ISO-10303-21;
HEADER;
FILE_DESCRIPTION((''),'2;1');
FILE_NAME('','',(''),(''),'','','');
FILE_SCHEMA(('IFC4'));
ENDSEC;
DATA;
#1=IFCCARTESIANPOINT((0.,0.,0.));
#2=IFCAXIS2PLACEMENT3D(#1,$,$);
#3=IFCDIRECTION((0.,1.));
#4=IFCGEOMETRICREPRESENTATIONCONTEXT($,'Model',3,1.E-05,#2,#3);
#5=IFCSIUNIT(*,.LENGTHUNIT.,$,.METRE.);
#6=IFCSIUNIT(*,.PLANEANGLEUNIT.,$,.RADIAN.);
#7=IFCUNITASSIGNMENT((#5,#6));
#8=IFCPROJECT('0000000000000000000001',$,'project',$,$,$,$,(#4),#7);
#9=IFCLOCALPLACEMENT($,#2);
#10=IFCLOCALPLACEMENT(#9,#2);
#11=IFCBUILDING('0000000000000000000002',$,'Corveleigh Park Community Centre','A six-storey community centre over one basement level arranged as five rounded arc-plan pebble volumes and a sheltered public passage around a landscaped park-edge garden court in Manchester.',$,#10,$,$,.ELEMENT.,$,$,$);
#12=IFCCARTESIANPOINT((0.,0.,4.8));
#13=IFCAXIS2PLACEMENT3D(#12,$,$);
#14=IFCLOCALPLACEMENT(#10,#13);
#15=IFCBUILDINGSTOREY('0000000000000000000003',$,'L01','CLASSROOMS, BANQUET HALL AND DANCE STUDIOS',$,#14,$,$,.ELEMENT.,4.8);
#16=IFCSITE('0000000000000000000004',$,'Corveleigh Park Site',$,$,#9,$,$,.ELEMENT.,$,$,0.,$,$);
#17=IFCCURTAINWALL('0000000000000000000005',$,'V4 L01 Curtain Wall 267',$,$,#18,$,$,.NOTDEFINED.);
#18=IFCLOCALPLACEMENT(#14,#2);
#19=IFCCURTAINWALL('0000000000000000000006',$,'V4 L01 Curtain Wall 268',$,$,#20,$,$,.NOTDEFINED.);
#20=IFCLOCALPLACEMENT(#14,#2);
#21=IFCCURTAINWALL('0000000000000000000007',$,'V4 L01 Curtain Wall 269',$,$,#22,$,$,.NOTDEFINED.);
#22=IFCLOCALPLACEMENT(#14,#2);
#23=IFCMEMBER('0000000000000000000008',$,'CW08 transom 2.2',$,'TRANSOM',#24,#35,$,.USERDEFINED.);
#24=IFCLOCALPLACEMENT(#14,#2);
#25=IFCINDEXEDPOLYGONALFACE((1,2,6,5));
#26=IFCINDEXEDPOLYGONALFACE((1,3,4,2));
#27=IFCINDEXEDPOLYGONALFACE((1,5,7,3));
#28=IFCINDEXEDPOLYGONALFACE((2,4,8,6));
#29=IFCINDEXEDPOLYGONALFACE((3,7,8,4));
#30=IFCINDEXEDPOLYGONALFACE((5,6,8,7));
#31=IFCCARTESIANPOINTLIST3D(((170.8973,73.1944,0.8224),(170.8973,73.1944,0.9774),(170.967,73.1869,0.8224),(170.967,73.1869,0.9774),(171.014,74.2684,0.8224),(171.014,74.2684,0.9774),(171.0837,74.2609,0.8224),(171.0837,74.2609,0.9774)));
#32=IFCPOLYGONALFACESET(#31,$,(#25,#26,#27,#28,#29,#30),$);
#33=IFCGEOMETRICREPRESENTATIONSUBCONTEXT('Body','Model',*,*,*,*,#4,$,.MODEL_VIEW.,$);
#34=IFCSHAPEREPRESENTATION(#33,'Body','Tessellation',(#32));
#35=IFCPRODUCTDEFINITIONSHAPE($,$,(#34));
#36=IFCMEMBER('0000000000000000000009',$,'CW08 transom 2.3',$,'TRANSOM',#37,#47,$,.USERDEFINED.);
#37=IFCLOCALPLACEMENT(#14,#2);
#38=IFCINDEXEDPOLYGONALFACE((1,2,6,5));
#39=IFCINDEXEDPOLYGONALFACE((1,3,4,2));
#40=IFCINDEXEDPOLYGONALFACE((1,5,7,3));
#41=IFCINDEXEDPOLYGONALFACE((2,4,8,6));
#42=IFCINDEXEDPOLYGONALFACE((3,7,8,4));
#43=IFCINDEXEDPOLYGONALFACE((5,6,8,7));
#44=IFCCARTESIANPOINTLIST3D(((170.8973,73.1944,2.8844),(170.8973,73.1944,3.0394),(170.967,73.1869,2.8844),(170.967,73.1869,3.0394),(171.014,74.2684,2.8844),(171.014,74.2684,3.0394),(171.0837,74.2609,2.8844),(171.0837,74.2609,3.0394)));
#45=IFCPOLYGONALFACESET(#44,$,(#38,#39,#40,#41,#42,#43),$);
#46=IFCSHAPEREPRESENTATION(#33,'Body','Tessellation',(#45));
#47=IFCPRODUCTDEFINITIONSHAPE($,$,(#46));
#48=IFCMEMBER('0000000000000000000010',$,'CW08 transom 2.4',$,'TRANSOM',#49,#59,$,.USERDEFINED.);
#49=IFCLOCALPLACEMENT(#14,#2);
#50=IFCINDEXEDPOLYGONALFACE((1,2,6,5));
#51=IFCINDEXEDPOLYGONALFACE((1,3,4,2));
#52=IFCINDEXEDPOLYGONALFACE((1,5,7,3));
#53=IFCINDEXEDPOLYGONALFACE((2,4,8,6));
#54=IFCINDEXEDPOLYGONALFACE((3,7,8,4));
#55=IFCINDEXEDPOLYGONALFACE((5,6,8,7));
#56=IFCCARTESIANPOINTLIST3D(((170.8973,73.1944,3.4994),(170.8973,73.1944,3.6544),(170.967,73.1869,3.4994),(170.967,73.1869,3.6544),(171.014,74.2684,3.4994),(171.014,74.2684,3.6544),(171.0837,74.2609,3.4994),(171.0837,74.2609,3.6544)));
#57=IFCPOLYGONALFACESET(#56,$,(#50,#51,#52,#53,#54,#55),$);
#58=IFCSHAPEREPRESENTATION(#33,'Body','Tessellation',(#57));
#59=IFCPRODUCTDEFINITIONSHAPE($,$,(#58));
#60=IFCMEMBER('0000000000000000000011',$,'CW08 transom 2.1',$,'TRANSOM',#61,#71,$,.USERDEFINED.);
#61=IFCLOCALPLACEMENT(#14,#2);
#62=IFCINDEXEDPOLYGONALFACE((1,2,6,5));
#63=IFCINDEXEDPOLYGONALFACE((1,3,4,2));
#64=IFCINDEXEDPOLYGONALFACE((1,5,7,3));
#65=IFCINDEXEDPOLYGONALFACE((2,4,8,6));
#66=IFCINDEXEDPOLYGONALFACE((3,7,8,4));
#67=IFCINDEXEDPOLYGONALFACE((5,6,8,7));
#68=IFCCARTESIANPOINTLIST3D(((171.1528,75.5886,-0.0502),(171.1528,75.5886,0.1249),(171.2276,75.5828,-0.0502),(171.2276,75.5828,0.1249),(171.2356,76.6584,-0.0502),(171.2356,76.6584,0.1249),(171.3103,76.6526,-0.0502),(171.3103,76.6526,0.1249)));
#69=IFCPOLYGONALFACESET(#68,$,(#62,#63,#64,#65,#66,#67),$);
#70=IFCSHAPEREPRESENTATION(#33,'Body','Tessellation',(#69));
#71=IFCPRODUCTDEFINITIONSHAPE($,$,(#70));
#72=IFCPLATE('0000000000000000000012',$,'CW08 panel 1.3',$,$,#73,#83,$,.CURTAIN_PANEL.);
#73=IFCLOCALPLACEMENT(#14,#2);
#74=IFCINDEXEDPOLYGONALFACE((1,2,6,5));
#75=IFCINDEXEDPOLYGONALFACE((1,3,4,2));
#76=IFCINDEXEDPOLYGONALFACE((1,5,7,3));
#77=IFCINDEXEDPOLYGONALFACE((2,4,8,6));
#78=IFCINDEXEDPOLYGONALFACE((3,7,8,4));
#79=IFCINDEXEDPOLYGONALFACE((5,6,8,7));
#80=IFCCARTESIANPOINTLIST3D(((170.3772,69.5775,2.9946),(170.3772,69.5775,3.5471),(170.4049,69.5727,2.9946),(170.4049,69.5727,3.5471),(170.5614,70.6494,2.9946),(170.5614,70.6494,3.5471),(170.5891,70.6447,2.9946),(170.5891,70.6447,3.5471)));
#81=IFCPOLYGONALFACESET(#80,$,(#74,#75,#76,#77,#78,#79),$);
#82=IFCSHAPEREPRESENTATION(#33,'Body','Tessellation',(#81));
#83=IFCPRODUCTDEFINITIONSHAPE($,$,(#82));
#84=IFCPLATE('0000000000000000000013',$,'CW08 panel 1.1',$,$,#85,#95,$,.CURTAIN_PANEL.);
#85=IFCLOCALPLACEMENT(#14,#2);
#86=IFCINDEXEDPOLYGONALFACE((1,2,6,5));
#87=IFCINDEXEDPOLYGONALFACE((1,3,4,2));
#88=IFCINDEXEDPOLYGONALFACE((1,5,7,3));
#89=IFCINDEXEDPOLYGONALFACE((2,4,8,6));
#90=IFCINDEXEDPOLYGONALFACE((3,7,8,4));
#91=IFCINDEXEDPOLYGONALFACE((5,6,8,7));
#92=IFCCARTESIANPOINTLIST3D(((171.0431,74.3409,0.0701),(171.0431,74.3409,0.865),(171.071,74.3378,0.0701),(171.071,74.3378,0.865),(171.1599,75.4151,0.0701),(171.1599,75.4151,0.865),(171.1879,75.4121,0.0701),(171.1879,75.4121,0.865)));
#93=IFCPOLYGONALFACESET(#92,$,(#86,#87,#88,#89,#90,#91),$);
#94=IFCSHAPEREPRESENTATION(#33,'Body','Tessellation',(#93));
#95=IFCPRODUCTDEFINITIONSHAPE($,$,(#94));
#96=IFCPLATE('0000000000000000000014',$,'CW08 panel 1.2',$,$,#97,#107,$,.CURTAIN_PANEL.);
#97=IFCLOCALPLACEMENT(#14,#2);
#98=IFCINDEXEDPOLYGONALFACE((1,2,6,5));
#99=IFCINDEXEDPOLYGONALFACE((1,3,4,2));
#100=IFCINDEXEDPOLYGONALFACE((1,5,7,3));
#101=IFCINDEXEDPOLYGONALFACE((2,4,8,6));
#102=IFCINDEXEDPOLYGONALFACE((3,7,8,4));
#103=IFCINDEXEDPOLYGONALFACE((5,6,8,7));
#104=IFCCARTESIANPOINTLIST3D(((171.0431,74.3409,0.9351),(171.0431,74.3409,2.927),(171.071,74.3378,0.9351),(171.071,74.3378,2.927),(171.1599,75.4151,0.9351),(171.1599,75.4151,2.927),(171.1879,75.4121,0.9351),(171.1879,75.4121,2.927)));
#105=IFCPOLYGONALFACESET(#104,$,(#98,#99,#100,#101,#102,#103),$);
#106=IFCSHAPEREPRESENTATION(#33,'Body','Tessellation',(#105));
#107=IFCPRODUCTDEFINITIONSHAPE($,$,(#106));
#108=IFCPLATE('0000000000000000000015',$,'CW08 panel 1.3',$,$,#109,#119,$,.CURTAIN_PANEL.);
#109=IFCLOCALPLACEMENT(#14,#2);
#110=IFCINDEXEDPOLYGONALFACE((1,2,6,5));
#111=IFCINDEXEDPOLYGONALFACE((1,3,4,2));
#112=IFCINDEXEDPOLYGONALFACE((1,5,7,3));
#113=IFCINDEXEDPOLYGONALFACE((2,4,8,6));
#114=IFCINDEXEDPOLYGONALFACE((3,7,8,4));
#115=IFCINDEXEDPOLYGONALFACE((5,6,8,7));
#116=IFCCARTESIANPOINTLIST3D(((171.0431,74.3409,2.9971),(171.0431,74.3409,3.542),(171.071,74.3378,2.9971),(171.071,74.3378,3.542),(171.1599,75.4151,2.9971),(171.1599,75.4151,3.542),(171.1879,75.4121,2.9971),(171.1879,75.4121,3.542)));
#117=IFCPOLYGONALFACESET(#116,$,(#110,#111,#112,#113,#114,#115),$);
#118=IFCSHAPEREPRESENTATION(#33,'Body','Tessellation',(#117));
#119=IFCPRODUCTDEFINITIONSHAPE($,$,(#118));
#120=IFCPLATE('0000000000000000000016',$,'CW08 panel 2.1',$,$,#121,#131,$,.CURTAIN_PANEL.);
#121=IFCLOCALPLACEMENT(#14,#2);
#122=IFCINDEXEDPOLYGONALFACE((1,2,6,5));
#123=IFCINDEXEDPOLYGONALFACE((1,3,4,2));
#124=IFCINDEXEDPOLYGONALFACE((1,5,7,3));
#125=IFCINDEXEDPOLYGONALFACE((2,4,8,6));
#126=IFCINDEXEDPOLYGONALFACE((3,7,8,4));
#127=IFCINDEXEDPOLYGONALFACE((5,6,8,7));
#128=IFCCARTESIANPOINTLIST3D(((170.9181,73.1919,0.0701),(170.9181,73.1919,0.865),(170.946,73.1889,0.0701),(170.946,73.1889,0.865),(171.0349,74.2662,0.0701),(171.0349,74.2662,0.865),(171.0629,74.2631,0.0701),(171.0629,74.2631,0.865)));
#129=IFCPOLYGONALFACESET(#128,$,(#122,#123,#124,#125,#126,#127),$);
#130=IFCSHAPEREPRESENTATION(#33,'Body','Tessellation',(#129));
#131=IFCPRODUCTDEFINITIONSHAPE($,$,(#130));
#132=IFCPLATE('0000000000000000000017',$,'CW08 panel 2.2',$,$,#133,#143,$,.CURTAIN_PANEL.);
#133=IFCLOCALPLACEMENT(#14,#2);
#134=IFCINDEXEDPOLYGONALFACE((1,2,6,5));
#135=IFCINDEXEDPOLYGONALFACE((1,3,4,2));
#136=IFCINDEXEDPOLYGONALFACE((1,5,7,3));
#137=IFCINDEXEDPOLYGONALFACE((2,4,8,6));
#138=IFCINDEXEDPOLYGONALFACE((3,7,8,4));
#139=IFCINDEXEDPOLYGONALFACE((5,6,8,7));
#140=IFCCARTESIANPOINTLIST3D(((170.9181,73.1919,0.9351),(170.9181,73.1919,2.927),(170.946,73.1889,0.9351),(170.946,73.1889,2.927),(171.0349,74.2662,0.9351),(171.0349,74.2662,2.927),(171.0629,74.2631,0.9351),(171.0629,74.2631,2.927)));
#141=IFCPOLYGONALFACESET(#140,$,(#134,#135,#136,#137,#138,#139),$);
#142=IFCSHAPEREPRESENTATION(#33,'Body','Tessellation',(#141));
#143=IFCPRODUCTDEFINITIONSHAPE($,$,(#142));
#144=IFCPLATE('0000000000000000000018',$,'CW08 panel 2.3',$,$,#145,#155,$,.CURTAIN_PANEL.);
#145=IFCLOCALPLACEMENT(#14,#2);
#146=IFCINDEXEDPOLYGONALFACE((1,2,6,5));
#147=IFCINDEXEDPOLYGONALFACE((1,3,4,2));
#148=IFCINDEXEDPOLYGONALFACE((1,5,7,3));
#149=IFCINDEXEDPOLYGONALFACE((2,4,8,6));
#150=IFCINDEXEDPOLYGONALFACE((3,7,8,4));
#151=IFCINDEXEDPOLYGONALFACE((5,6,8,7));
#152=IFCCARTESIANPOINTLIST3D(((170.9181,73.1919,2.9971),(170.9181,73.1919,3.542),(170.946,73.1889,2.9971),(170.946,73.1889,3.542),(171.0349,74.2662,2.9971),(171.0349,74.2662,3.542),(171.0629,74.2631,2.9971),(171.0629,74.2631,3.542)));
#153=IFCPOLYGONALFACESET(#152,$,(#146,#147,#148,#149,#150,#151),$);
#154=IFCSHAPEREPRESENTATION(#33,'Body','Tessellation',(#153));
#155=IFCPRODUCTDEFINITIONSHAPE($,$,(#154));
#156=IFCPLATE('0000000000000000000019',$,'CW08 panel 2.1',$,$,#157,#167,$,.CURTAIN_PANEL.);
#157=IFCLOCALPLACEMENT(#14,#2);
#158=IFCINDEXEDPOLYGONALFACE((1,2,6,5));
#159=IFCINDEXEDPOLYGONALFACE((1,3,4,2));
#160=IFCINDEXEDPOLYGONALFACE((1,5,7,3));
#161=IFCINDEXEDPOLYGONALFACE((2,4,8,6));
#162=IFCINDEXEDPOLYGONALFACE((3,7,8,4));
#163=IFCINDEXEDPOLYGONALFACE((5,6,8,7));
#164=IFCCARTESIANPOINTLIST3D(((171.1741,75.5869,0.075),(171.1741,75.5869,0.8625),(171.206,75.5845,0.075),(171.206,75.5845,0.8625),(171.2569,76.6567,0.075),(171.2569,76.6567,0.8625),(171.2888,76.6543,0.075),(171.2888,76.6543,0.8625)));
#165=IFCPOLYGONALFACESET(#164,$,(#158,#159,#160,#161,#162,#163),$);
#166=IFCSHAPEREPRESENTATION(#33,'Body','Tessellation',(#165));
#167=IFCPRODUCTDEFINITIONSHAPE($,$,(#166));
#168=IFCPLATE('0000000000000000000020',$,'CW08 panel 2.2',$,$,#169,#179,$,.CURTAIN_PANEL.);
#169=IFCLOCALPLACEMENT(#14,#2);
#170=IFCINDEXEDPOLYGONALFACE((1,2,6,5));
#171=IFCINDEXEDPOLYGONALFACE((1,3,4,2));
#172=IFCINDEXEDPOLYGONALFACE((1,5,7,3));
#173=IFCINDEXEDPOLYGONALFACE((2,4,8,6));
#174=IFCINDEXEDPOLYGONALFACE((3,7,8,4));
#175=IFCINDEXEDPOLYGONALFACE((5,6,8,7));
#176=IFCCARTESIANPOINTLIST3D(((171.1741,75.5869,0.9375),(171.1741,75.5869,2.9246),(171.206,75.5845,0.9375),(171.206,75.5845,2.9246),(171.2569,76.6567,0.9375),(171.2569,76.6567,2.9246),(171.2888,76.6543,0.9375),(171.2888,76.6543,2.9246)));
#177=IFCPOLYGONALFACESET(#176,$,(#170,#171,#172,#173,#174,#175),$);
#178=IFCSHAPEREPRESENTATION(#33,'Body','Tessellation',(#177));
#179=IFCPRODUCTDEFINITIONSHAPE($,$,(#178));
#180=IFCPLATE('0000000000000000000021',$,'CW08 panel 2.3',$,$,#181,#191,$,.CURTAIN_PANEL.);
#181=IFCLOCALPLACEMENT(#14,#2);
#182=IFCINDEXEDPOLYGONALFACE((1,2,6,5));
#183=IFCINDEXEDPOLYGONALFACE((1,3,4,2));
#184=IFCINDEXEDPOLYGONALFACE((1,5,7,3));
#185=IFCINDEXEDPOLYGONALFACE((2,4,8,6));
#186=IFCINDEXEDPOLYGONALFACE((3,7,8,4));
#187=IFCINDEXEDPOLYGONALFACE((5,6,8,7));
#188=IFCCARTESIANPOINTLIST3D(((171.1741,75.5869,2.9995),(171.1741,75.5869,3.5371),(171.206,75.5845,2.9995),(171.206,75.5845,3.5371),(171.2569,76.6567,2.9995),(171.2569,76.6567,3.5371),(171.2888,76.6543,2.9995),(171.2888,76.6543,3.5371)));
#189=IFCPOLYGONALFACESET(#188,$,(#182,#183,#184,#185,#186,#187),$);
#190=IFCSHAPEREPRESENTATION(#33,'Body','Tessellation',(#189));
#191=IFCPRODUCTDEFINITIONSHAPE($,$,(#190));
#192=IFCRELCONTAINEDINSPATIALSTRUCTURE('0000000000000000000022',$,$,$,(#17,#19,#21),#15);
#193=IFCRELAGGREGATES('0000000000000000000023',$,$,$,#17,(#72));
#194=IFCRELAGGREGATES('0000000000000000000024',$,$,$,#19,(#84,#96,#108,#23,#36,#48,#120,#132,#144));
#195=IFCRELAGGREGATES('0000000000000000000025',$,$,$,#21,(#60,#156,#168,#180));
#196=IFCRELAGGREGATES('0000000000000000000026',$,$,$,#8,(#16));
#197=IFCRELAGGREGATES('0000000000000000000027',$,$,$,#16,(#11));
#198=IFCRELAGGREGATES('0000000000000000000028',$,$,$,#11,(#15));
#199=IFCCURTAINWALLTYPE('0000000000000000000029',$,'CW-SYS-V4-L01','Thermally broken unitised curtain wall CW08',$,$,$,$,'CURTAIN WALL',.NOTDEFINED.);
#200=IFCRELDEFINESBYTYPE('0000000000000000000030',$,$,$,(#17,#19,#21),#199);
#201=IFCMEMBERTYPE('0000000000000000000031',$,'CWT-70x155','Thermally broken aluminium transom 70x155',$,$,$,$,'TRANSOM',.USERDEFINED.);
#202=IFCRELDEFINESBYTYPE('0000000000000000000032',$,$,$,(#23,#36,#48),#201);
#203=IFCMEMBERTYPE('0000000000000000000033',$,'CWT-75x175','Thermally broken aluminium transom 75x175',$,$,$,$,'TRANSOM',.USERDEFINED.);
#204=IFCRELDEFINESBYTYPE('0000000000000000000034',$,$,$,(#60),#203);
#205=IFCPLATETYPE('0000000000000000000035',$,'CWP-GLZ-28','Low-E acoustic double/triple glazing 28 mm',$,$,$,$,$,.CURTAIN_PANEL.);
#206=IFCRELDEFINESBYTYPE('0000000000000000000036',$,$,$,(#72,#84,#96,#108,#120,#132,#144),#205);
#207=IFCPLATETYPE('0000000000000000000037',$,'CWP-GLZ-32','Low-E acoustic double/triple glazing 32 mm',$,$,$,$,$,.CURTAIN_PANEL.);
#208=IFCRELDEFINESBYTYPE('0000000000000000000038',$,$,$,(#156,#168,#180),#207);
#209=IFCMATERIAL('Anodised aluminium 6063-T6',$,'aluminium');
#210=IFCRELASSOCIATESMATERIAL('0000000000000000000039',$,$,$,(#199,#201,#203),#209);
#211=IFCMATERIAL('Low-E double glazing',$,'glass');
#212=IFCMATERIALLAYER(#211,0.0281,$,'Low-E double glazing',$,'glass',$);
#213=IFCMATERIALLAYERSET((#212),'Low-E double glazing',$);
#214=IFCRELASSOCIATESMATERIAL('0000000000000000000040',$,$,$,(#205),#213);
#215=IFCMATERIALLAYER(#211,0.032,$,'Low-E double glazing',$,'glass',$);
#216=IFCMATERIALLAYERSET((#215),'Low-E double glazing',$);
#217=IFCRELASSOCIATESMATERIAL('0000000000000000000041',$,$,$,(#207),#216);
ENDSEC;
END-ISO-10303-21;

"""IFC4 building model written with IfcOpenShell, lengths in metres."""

from ifc_helpers import new_model, si_unit, direction, frame, origin, origin_2d, place, context, subcontext, project, spatial, rectangle, extrude, material, layer, layer_set, material_profile, profile_set, type_object, element, aggregate, save


model = new_model("IFC4")

# Units and contexts
model_context = context("Model", 3, precision=1e-05, world=origin(), true_north=direction((0.0, 1.0)))
body_context = subcontext(model_context, "Body", "Model", "MODEL_VIEW")
ifc_project = project(units=[si_unit("LENGTHUNIT", "METRE"), si_unit("PLANEANGLEUNIT", "RADIAN")], contexts=[model_context])

# Site, building, storey
site_placement = place(None, origin())
site = spatial("IfcSite", under=ifc_project, at=site_placement, Name="Corveleigh Park Site", CompositionType="ELEMENT", RefElevation=0.0)
building_placement = place(site_placement, origin())
building = spatial("IfcBuilding", under=site, at=building_placement, Name="Corveleigh Park Community Centre", Description="A six-storey community centre over one basement level arranged as five rounded arc-plan pebble volumes and a sheltered public passage around a landscaped park-edge garden court in Manchester.", CompositionType="ELEMENT")
storey_placement = place(building_placement, frame((0.0, 0.0, 4.8)))
storey = spatial("IfcBuildingStorey", under=building, at=storey_placement, Name="L01", Description="CLASSROOMS, BANQUET HALL AND DANCE STUDIOS", CompositionType="ELEMENT", Elevation=4.8)

# Curtain wall
ifc_material_1 = material(Name="Anodised aluminium 6063-T6", Category="aluminium")
curtain_wall_type = type_object("IfcCurtainWallType", Name="CW-SYS-V4-L01", Description="Thermally broken unitised curtain wall CW08", ElementType="CURTAIN WALL", PredefinedType="NOTDEFINED", material=ifc_material_1)
curtain_wall_1_placement = place(storey_placement, origin())
curtain_wall_1 = element("IfcCurtainWall", 1, at=curtain_wall_1_placement, inside=storey, type_object=curtain_wall_type, Name="V4 L01 Curtain Wall 267", PredefinedType="NOTDEFINED")

# Curtain wall
curtain_wall_2_placement = place(storey_placement, origin())
curtain_wall_2 = element("IfcCurtainWall", 2, at=curtain_wall_2_placement, inside=storey, type_object=curtain_wall_type, Name="V4 L01 Curtain Wall 268", PredefinedType="NOTDEFINED")

# Curtain wall
curtain_wall_3_placement = place(storey_placement, origin())
curtain_wall_3 = element("IfcCurtainWall", 3, at=curtain_wall_3_placement, inside=storey, type_object=curtain_wall_type, Name="V4 L01 Curtain Wall 269", PredefinedType="NOTDEFINED")

# Members
ifc_material_profile_1 = material_profile(ifc_material_1, rectangle(XDim=0.0701, YDim=0.155, at=origin_2d()), Name="ALU-T70x155", Category="aluminium")
ifc_profile_set_1 = profile_set([ifc_material_profile_1], Name="Anodised aluminium 6063-T6")
member_type_1 = type_object("IfcMemberType", Name="CWT-70x155", Description="Thermally broken aluminium transom 70x155", ElementType="TRANSOM", PredefinedType="USERDEFINED", material=ifc_profile_set_1)
member_1_placement = place(storey_placement, frame((171.0488, 74.2646, 0.8999), z_axis=(-0.108025, -0.994148, 0.0), x_axis=(0.994148, -0.108025, 0.0)))
member_1 = element("IfcMember", 4, at=member_1_placement, type_object=member_type_1, Name="CW08 transom 2.2", ObjectType="TRANSOM", PredefinedType="USERDEFINED", context=body_context, shape_type="SweptSolid", body=[
    extrude(rectangle(XDim=0.0701, YDim=0.155, at=origin_2d()), origin(), (0.0, 0.0, 1.0), 1.0803),
])
member_2_placement = place(storey_placement, frame((171.0488, 74.2646, 2.9619), z_axis=(-0.108025, -0.994148, 0.0), x_axis=(0.994148, -0.108025, 0.0)))
member_2 = element("IfcMember", 5, at=member_2_placement, type_object=member_type_1, Name="CW08 transom 2.3", ObjectType="TRANSOM", PredefinedType="USERDEFINED", context=body_context, shape_type="SweptSolid", body=[
    extrude(rectangle(XDim=0.0701, YDim=0.155, at=origin_2d()), origin(), (0.0, 0.0, 1.0), 1.0803),
])
member_3_placement = place(storey_placement, frame((171.0488, 74.2646, 3.5769), z_axis=(-0.108025, -0.994148, 0.0), x_axis=(0.994148, -0.108025, 0.0)))
member_3 = element("IfcMember", 6, at=member_3_placement, type_object=member_type_1, Name="CW08 transom 2.4", ObjectType="TRANSOM", PredefinedType="USERDEFINED", context=body_context, shape_type="SweptSolid", body=[
    extrude(rectangle(XDim=0.0701, YDim=0.155, at=origin_2d()), origin(), (0.0, 0.0, 1.0), 1.0803),
])
ifc_material_profile_2 = material_profile(ifc_material_1, rectangle(XDim=0.075, YDim=0.175, at=origin_2d()), Name="ALU-T75x175", Category="aluminium")
ifc_profile_set_2 = profile_set([ifc_material_profile_2], Name="Anodised aluminium 6063-T6")
member_type_2 = type_object("IfcMemberType", Name="CWT-75x175", Description="Thermally broken aluminium transom 75x175", ElementType="TRANSOM", PredefinedType="USERDEFINED", material=ifc_profile_set_2)
member_4_placement = place(storey_placement, frame((171.2729, 76.6555, 0.0374), z_axis=(-0.077131, -0.997021, 0.0), x_axis=(0.997021, -0.077131, 0.0)))
member_4 = element("IfcMember", 7, at=member_4_placement, type_object=member_type_2, Name="CW08 transom 2.1", ObjectType="TRANSOM", PredefinedType="USERDEFINED", context=body_context, shape_type="SweptSolid", body=[
    extrude(rectangle(XDim=0.075, YDim=0.175, at=origin_2d()), origin(), (0.0, 0.0, 1.0), 1.073),
])

# Plates
ifc_material_2 = material(Name="Low-E double glazing", Category="glass")
ifc_layer_1 = layer(ifc_material_2, 0.0281, Name="Low-E double glazing", Category="glass")
ifc_layer_set_1 = layer_set([ifc_layer_1], Name="Low-E double glazing")
plate_type_1 = type_object("IfcPlateType", Name="CWP-GLZ-28", Description="Low-E acoustic double/triple glazing 28 mm", PredefinedType="CURTAIN_PANEL", material=ifc_layer_set_1)
plate_1_placement = place(storey_placement, frame((170.4832, 70.1111, 2.9946), z_axis=(0.0, 0.0, 1.0), x_axis=(-0.169359, -0.985554, 0.0)))
plate_1 = element("IfcPlate", 8, at=plate_1_placement, type_object=plate_type_1, Name="CW08 panel 1.3", PredefinedType="CURTAIN_PANEL", context=body_context, shape_type="SweptSolid", body=[
    extrude(rectangle(XDim=1.0876, YDim=0.0281, at=origin_2d()), origin(), (0.0, 0.0, 1.0), 0.5525),
])
aggregate(curtain_wall_1, [plate_1])
plate_2_placement = place(storey_placement, frame((171.1155, 74.8765, 0.0701), z_axis=(0.0, 0.0, 1.0), x_axis=(-0.108131, -0.994137, 0.0)))
plate_2 = element("IfcPlate", 9, at=plate_2_placement, type_object=plate_type_1, Name="CW08 panel 1.1", PredefinedType="CURTAIN_PANEL", context=body_context, shape_type="SweptSolid", body=[
    extrude(rectangle(XDim=1.0806, YDim=0.0281, at=origin_2d()), origin(), (0.0, 0.0, 1.0), 0.7949),
])
plate_3_placement = place(storey_placement, frame((171.1155, 74.8765, 0.9351), z_axis=(0.0, 0.0, 1.0), x_axis=(-0.108131, -0.994137, 0.0)))
plate_3 = element("IfcPlate", 10, at=plate_3_placement, type_object=plate_type_1, Name="CW08 panel 1.2", PredefinedType="CURTAIN_PANEL", context=body_context, shape_type="SweptSolid", body=[
    extrude(rectangle(XDim=1.0806, YDim=0.0281, at=origin_2d()), origin(), (0.0, 0.0, 1.0), 1.9919),
])
plate_4_placement = place(storey_placement, frame((171.1155, 74.8765, 2.9971), z_axis=(0.0, 0.0, 1.0), x_axis=(-0.108131, -0.994137, 0.0)))
plate_4 = element("IfcPlate", 11, at=plate_4_placement, type_object=plate_type_1, Name="CW08 panel 1.3", PredefinedType="CURTAIN_PANEL", context=body_context, shape_type="SweptSolid", body=[
    extrude(rectangle(XDim=1.0806, YDim=0.0281, at=origin_2d()), origin(), (0.0, 0.0, 1.0), 0.5449),
])
plate_5_placement = place(storey_placement, frame((170.9905, 73.7275, 0.0701), z_axis=(0.0, 0.0, 1.0), x_axis=(-0.108131, -0.994137, 0.0)))
plate_5 = element("IfcPlate", 12, at=plate_5_placement, type_object=plate_type_1, Name="CW08 panel 2.1", PredefinedType="CURTAIN_PANEL", context=body_context, shape_type="SweptSolid", body=[
    extrude(rectangle(XDim=1.0806, YDim=0.0281, at=origin_2d()), origin(), (0.0, 0.0, 1.0), 0.7949),
])
plate_6_placement = place(storey_placement, frame((170.9905, 73.7275, 0.9351), z_axis=(0.0, 0.0, 1.0), x_axis=(-0.108131, -0.994137, 0.0)))
plate_6 = element("IfcPlate", 13, at=plate_6_placement, type_object=plate_type_1, Name="CW08 panel 2.2", PredefinedType="CURTAIN_PANEL", context=body_context, shape_type="SweptSolid", body=[
    extrude(rectangle(XDim=1.0806, YDim=0.0281, at=origin_2d()), origin(), (0.0, 0.0, 1.0), 1.9919),
])
plate_7_placement = place(storey_placement, frame((170.9905, 73.7275, 2.9971), z_axis=(0.0, 0.0, 1.0), x_axis=(-0.108131, -0.994137, 0.0)))
plate_7 = element("IfcPlate", 14, at=plate_7_placement, type_object=plate_type_1, Name="CW08 panel 2.3", PredefinedType="CURTAIN_PANEL", context=body_context, shape_type="SweptSolid", body=[
    extrude(rectangle(XDim=1.0806, YDim=0.0281, at=origin_2d()), origin(), (0.0, 0.0, 1.0), 0.5449),
])
aggregate(curtain_wall_2, [plate_2, plate_3, plate_4, member_1, member_2, member_3, plate_5, plate_6, plate_7])
ifc_layer_2 = layer(ifc_material_2, 0.032, Name="Low-E double glazing", Category="glass")
ifc_layer_set_2 = layer_set([ifc_layer_2], Name="Low-E double glazing")
plate_type_2 = type_object("IfcPlateType", Name="CWP-GLZ-32", Description="Low-E acoustic double/triple glazing 32 mm", PredefinedType="CURTAIN_PANEL", material=ifc_layer_set_2)
plate_8_placement = place(storey_placement, frame((171.2314, 76.1206, 0.075), z_axis=(0.0, 0.0, 1.0), x_axis=(-0.077113, -0.997022, 0.0)))
plate_8 = element("IfcPlate", 15, at=plate_8_placement, type_object=plate_type_2, Name="CW08 panel 2.1", PredefinedType="CURTAIN_PANEL", context=body_context, shape_type="SweptSolid", body=[
    extrude(rectangle(XDim=1.073, YDim=0.032, at=origin_2d()), origin(), (0.0, 0.0, 1.0), 0.7876),
])
plate_9_placement = place(storey_placement, frame((171.2314, 76.1206, 0.9375), z_axis=(0.0, 0.0, 1.0), x_axis=(-0.077113, -0.997022, 0.0)))
plate_9 = element("IfcPlate", 16, at=plate_9_placement, type_object=plate_type_2, Name="CW08 panel 2.2", PredefinedType="CURTAIN_PANEL", context=body_context, shape_type="SweptSolid", body=[
    extrude(rectangle(XDim=1.073, YDim=0.032, at=origin_2d()), origin(), (0.0, 0.0, 1.0), 1.9871),
])
plate_10_placement = place(storey_placement, frame((171.2314, 76.1206, 2.9995), z_axis=(0.0, 0.0, 1.0), x_axis=(-0.077113, -0.997022, 0.0)))
plate_10 = element("IfcPlate", 17, at=plate_10_placement, type_object=plate_type_2, Name="CW08 panel 2.3", PredefinedType="CURTAIN_PANEL", context=body_context, shape_type="SweptSolid", body=[
    extrude(rectangle(XDim=1.073, YDim=0.032, at=origin_2d()), origin(), (0.0, 0.0, 1.0), 0.5376),
])
aggregate(curtain_wall_3, [member_4, plate_8, plate_9, plate_10])

save(model, "model.ifc")
